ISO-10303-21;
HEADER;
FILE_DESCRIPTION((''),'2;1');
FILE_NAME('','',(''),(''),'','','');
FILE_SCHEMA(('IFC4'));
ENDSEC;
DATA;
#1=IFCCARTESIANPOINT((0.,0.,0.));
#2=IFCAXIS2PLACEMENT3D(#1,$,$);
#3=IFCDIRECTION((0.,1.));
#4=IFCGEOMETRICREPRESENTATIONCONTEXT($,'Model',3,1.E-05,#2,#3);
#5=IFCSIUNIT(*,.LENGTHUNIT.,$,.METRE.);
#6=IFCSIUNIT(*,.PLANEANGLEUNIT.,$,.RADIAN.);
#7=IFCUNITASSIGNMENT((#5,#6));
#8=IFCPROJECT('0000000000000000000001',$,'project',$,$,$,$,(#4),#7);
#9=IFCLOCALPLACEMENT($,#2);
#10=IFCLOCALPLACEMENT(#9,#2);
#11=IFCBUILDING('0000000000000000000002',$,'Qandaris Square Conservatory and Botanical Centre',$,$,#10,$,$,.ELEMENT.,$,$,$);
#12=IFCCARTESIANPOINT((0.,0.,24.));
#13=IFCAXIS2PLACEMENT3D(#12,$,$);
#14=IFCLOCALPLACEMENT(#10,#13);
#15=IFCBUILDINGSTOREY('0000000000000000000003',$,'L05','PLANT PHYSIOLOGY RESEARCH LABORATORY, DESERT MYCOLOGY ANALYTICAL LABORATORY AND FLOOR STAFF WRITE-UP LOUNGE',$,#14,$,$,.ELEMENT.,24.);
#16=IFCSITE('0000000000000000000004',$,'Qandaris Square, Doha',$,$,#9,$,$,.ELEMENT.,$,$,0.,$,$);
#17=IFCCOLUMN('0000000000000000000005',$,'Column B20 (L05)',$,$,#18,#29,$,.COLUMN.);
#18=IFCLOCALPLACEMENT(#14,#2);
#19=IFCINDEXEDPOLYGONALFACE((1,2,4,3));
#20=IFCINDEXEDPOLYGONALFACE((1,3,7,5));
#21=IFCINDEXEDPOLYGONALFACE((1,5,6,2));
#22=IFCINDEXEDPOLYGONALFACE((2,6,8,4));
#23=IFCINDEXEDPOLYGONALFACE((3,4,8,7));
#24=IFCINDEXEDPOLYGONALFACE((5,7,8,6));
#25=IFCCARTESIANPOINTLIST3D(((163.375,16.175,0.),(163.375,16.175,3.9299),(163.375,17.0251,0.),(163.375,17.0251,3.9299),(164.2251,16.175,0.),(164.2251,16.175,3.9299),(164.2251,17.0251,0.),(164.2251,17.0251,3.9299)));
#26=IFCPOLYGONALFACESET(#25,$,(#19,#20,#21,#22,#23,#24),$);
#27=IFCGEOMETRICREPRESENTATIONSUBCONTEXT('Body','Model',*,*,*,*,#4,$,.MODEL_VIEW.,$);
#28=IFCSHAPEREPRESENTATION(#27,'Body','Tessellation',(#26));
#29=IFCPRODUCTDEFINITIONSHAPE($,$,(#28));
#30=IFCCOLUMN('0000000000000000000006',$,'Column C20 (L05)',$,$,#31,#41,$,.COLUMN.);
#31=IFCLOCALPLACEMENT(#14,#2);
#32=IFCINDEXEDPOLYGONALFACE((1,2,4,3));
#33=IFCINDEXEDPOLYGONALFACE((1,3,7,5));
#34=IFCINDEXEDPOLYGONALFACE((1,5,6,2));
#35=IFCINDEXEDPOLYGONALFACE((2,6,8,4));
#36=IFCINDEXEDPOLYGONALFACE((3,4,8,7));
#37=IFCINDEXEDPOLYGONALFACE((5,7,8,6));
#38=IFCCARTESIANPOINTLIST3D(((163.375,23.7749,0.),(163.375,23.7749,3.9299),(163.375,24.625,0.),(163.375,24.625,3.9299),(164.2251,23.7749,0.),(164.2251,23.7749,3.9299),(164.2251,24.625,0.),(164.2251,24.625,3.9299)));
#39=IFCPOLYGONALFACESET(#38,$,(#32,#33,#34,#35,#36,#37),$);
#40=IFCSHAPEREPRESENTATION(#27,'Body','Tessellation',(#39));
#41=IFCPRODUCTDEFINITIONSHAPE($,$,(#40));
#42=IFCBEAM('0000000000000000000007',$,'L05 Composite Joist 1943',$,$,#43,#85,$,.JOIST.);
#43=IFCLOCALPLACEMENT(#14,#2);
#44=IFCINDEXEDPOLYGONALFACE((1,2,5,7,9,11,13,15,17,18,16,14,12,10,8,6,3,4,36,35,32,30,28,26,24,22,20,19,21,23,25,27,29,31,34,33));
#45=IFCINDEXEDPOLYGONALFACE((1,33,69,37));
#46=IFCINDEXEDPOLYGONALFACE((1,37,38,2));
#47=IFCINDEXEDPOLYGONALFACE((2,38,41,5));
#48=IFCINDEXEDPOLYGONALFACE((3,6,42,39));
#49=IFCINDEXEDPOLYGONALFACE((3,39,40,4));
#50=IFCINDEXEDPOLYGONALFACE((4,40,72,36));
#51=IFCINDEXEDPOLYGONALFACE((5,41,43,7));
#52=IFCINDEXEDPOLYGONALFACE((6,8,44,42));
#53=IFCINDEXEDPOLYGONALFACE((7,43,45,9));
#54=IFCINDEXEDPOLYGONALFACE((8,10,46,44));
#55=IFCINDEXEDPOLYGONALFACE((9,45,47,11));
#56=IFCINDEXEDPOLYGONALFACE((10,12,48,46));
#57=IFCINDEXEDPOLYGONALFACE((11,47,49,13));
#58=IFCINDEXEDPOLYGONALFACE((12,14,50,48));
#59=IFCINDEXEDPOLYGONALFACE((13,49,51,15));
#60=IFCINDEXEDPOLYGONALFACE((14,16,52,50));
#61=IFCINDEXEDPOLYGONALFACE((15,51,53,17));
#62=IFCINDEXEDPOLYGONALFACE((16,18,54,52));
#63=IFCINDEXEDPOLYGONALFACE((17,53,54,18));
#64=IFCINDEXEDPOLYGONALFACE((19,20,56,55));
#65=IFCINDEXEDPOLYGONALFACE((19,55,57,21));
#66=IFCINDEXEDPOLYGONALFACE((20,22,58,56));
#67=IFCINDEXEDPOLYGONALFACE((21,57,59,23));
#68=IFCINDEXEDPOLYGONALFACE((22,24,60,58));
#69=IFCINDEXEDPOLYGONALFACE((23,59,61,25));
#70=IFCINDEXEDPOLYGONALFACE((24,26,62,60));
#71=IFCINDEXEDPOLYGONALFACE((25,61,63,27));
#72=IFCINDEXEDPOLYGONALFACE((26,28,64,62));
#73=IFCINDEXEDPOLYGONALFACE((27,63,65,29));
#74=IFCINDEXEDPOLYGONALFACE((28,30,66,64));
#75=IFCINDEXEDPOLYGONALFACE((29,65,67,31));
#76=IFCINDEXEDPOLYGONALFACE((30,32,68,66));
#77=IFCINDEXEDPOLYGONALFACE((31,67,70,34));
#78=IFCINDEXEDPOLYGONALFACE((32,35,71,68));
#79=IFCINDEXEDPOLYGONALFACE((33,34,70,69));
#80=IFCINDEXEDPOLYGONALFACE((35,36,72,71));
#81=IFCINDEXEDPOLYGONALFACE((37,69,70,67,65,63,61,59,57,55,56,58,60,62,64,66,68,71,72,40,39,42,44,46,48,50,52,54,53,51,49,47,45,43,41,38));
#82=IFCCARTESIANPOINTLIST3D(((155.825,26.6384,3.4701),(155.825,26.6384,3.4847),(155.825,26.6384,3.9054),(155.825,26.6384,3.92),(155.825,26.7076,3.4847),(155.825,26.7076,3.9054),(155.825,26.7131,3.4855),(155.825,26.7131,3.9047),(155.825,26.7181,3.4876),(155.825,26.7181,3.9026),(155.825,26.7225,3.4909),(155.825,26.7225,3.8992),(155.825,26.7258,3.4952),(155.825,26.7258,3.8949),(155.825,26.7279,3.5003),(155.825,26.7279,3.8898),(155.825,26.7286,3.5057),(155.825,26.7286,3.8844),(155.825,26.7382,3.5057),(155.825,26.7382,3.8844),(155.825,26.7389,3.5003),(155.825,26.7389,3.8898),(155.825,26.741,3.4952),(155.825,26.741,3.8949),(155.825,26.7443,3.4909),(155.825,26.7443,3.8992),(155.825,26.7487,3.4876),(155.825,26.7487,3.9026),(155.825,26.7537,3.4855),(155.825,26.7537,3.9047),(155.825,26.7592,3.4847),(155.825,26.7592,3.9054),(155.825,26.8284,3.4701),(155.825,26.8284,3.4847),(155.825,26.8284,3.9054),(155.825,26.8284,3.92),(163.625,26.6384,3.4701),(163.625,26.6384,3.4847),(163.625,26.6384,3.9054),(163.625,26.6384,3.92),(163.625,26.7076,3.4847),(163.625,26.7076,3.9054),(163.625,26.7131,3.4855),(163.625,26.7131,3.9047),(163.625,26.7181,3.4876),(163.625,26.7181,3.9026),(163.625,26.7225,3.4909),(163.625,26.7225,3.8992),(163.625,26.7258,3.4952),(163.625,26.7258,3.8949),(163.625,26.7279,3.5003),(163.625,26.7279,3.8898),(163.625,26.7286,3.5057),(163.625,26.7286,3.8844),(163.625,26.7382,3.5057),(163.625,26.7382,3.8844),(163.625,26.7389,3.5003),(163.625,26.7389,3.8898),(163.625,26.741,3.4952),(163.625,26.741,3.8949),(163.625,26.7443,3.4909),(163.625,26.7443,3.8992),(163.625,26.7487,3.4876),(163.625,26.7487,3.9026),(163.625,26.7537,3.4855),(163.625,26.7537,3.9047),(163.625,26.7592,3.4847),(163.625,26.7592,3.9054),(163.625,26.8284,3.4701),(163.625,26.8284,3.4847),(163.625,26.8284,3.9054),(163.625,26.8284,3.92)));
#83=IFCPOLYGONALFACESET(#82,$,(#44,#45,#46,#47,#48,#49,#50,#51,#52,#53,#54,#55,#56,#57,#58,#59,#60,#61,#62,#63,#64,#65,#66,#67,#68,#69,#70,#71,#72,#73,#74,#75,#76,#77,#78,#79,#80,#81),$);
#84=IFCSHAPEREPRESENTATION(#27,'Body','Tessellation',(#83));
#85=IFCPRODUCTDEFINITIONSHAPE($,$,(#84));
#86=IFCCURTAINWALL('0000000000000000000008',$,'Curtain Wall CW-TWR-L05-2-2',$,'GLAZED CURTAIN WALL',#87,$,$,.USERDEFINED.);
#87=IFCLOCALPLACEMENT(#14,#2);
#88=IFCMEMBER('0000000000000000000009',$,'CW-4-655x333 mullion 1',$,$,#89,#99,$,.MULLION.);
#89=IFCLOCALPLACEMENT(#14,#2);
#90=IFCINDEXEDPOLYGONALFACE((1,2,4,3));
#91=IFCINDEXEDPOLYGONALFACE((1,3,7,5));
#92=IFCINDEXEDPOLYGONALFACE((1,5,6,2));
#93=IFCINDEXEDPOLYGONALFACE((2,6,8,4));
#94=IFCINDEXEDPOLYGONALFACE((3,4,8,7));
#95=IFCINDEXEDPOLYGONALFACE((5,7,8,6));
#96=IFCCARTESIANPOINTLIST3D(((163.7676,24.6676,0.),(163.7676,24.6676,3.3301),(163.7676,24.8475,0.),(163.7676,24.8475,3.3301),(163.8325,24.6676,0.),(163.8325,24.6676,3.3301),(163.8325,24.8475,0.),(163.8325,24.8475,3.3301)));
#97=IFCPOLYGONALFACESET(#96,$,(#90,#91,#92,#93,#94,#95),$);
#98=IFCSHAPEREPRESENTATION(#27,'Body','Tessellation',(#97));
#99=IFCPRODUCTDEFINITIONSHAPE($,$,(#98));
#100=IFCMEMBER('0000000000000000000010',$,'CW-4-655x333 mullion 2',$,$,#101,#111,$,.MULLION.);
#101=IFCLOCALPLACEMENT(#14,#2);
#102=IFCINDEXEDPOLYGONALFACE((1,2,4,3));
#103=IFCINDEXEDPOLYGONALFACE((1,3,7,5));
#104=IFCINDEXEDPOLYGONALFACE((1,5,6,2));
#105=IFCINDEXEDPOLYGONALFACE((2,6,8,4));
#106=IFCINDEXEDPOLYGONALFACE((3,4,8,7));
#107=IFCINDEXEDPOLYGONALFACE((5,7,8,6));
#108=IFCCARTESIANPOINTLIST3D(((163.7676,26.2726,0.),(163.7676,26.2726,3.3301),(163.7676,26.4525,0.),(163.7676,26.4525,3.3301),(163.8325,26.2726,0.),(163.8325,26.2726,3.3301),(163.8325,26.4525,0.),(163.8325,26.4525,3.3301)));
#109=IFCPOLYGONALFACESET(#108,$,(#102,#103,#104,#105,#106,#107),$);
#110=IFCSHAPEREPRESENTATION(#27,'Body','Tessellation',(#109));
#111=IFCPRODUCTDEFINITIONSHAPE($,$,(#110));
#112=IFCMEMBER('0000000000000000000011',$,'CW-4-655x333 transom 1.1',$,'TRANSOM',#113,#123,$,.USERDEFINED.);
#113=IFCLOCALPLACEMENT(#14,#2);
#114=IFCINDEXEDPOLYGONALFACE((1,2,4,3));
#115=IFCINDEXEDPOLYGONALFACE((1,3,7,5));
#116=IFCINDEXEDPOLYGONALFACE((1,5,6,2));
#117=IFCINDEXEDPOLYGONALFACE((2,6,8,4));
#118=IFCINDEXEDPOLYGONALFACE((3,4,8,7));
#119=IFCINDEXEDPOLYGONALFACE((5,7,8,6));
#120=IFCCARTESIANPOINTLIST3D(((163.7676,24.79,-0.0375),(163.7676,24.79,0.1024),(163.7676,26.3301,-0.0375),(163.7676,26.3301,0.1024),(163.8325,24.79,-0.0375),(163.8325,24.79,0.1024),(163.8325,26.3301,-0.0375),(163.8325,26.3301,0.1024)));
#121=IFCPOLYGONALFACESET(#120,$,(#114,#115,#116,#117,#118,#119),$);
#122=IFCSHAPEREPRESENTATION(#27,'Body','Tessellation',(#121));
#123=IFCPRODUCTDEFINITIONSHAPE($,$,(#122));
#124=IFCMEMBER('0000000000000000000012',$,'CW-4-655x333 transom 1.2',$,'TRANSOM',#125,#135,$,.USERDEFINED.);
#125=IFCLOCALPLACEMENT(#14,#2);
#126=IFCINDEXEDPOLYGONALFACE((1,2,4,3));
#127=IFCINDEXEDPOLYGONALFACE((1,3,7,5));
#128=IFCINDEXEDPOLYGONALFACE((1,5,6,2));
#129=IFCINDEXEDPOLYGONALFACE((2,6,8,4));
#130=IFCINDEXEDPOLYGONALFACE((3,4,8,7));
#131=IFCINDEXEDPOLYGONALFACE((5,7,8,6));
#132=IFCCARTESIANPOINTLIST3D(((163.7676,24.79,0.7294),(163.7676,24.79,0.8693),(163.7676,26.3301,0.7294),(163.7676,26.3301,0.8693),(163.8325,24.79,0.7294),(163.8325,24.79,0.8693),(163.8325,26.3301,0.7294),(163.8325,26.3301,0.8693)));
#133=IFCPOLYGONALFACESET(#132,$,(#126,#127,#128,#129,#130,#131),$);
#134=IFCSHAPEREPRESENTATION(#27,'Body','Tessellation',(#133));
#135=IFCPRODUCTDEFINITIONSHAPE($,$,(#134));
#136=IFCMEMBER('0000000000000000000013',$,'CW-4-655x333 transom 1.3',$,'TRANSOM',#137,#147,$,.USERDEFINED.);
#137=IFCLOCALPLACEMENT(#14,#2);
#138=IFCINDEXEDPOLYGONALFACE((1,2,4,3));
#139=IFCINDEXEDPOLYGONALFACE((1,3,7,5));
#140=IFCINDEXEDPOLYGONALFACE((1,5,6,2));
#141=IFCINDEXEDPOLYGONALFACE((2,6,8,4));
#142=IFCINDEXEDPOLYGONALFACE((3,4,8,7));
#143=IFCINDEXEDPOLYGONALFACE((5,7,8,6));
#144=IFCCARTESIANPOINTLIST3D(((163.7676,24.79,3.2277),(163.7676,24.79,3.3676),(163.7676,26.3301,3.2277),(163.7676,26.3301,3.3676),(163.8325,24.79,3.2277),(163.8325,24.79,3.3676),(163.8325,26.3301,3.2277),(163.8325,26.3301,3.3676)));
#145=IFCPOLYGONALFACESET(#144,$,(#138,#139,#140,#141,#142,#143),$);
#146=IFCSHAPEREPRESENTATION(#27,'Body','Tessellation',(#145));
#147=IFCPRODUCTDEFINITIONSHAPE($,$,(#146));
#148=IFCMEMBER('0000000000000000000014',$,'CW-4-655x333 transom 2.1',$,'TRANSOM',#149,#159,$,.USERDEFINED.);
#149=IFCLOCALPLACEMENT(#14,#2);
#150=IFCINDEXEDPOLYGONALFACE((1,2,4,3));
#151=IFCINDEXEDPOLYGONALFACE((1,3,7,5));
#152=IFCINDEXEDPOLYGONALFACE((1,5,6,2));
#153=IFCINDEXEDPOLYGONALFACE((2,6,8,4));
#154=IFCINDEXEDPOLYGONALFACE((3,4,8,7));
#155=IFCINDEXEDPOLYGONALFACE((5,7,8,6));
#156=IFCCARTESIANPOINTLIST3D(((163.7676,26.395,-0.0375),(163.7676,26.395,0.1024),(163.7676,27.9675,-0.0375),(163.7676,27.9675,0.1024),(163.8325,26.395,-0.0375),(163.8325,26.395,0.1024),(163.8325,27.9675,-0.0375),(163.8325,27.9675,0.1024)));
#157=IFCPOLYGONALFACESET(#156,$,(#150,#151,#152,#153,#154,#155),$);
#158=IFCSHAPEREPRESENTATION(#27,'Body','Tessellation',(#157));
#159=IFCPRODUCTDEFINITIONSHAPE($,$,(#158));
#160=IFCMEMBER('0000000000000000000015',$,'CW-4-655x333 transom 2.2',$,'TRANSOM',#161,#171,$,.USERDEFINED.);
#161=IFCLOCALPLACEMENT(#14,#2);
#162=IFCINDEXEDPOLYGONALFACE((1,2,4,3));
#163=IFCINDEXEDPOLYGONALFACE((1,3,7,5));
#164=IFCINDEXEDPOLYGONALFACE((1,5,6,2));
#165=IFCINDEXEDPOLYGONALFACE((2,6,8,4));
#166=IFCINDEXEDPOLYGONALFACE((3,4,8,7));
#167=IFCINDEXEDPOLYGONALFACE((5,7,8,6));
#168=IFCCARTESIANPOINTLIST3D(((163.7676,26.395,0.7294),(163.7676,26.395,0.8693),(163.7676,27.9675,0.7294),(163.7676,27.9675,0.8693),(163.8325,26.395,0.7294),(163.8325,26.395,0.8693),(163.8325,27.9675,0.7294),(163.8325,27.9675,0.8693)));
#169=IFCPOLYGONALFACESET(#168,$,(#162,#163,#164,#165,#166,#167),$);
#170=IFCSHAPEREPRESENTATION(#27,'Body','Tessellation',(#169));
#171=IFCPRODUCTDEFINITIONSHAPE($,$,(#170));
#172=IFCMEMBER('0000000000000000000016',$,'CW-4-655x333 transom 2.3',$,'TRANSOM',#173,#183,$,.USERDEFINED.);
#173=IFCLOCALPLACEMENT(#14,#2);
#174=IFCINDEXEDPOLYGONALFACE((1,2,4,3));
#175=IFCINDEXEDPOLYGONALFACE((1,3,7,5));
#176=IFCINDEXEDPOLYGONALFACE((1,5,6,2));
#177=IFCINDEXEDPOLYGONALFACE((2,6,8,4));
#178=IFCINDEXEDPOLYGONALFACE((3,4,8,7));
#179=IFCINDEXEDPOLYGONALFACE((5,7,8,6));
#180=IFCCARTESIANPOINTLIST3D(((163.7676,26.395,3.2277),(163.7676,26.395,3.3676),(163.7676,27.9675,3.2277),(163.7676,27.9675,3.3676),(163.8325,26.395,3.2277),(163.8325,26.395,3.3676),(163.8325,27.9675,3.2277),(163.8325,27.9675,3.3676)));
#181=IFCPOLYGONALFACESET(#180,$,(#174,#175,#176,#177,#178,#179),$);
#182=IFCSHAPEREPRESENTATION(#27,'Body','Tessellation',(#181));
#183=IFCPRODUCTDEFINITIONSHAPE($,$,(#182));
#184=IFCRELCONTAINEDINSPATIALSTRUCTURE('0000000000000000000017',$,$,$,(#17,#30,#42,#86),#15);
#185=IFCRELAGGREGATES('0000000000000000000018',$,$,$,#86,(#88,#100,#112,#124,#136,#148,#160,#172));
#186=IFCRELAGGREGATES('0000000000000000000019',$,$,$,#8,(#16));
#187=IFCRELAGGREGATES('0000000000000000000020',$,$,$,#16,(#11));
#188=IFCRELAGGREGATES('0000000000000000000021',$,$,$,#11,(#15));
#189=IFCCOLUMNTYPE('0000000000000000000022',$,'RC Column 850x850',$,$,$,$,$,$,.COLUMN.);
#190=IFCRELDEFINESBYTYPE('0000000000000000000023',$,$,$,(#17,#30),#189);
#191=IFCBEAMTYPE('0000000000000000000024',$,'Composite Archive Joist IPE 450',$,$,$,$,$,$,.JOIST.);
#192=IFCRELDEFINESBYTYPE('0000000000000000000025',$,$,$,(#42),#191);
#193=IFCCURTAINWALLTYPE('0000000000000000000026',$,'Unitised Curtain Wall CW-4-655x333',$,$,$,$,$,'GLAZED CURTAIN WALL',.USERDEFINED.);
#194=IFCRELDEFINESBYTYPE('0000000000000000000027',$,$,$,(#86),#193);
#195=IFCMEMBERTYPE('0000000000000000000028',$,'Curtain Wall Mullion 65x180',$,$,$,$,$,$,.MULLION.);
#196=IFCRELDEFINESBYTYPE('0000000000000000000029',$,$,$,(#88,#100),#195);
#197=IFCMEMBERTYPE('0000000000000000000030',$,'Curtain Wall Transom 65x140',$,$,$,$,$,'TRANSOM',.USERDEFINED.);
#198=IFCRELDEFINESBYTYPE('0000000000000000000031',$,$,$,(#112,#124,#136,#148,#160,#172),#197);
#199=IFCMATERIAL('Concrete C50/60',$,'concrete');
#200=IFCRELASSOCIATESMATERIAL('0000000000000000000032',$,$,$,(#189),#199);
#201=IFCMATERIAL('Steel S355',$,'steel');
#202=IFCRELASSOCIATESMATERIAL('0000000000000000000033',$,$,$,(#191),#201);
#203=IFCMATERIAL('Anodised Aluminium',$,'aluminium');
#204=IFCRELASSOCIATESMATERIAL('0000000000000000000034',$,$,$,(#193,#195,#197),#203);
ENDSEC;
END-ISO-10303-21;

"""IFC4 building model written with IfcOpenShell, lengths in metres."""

from ifc_helpers import new_model, si_unit, direction, frame, origin, origin_2d, place, context, subcontext, project, spatial, rectangle, i_section, extrude, material, material_profile, profile_set, type_object, element, aggregate, save


model = new_model("IFC4")

# Units and contexts
model_context = context("Model", 3, precision=1e-05, world=origin(), true_north=direction((0.0, 1.0)))
body_context = subcontext(model_context, "Body", "Model", "MODEL_VIEW")
ifc_project = project(units=[si_unit("LENGTHUNIT", "METRE"), si_unit("PLANEANGLEUNIT", "RADIAN")], contexts=[model_context])

# Site, building, storey
site_placement = place(None, origin())
site = spatial("IfcSite", under=ifc_project, at=site_placement, Name="Qandaris Square, Doha", CompositionType="ELEMENT", RefElevation=0.0)
building_placement = place(site_placement, origin())
building = spatial("IfcBuilding", under=site, at=building_placement, Name="Qandaris Square Conservatory and Botanical Centre", CompositionType="ELEMENT")
storey_placement = place(building_placement, frame((0.0, 0.0, 24.0)))
storey = spatial("IfcBuildingStorey", under=building, at=storey_placement, Name="L05", Description="PLANT PHYSIOLOGY RESEARCH LABORATORY, DESERT MYCOLOGY ANALYTICAL LABORATORY AND FLOOR STAFF WRITE-UP LOUNGE", CompositionType="ELEMENT", Elevation=24.0)

# Columns
ifc_material_1 = material(Name="Concrete C50/60", Category="concrete")
ifc_material_profile_1 = material_profile(ifc_material_1, rectangle(XDim=0.8501, YDim=0.8501, at=origin_2d()), Name="RC-COL 850x850")
ifc_profile_set_1 = profile_set([ifc_material_profile_1], Name="Concrete C50/60")
column_type = type_object("IfcColumnType", Name="RC Column 850x850", PredefinedType="COLUMN", material=ifc_profile_set_1)
for number, where, z_axis, x_axis, name in (
    (1, (163.8, 16.6001, 0.0), (0.0, 0.0, 1.0), (1.0, 0.0, 0.0), "Column B20 (L05)"),
    (2, (163.8, 24.2, 0.0), (0.0, 0.0, 1.0), (1.0, 0.0, 0.0), "Column C20 (L05)"),
):
    element("IfcColumn", number, at=place(storey_placement, frame(where, z_axis=z_axis, x_axis=x_axis)), inside=storey, type_object=column_type, Name=name, PredefinedType="COLUMN", context=body_context, shape_type="SweptSolid", body=[
        extrude(rectangle(XDim=0.8501, YDim=0.8501, at=origin_2d()), origin(), (0.0, 0.0, 1.0), 3.9299),
    ])

# Beam
ifc_material_2 = material(Name="Steel S355", Category="steel")
ifc_material_profile_2 = material_profile(ifc_material_2, i_section(OverallWidth=0.1899, OverallDepth=0.45, WebThickness=0.0095, FlangeThickness=0.0146, FilletRadius=0.021, at=origin_2d()), Name="IPE 450")
ifc_profile_set_2 = profile_set([ifc_material_profile_2], Name="Steel S355")
beam_type_1 = type_object("IfcBeamType", Name="Composite Archive Joist IPE 450", PredefinedType="JOIST", material=ifc_profile_set_2)
beam_1_placement = place(storey_placement, frame((155.825, 26.7334, 3.6951), z_axis=(1.0, 0.0, 0.0), x_axis=(0.0, 1.0, 0.0)))
element("IfcBeam", 3, at=beam_1_placement, inside=storey, type_object=beam_type_1, Name="L05 Composite Joist 1943", PredefinedType="JOIST", context=body_context, shape_type="SweptSolid", body=[
    extrude(i_section(OverallWidth=0.1899, OverallDepth=0.45, WebThickness=0.0095, FlangeThickness=0.0146, FilletRadius=0.021, at=origin_2d()), origin(), (0.0, 0.0, 1.0), 7.8),
])

# Curtain wall, members
ifc_material_3 = material(Name="Anodised Aluminium", Category="aluminium")
curtain_wall_type = type_object("IfcCurtainWallType", Name="Unitised Curtain Wall CW-4-655x333", ElementType="GLAZED CURTAIN WALL", PredefinedType="USERDEFINED", material=ifc_material_3)
curtain_wall_placement = place(storey_placement, origin())
curtain_wall = element("IfcCurtainWall", 4, at=curtain_wall_placement, inside=storey, type_object=curtain_wall_type, Name="Curtain Wall CW-TWR-L05-2-2", ObjectType="GLAZED CURTAIN WALL", PredefinedType="USERDEFINED")
ifc_material_profile_3 = material_profile(ifc_material_3, rectangle(XDim=0.0649, YDim=0.1799, at=origin_2d()), Name="ALU-MUL 65x180")
ifc_profile_set_3 = profile_set([ifc_material_profile_3], Name="Anodised Aluminium")
member_type_1 = type_object("IfcMemberType", Name="Curtain Wall Mullion 65x180", PredefinedType="MULLION", material=ifc_profile_set_3)
member_1_placement = place(storey_placement, frame((163.8, 24.7576, 0.0), z_axis=(0.0, 0.0, 1.0), x_axis=(-1.0, 0.0, 0.0)))
member_1 = element("IfcMember", 5, at=member_1_placement, type_object=member_type_1, Name="CW-4-655x333 mullion 1", PredefinedType="MULLION", context=body_context, shape_type="SweptSolid", body=[
    extrude(rectangle(XDim=0.0649, YDim=0.1799, at=origin_2d()), origin(), (0.0, 0.0, 1.0), 3.3301),
])
member_2_placement = place(storey_placement, frame((163.8, 26.3625, 0.0), z_axis=(0.0, 0.0, 1.0), x_axis=(-1.0, 0.0, 0.0)))
member_2 = element("IfcMember", 6, at=member_2_placement, type_object=member_type_1, Name="CW-4-655x333 mullion 2", PredefinedType="MULLION", context=body_context, shape_type="SweptSolid", body=[
    extrude(rectangle(XDim=0.0649, YDim=0.1799, at=origin_2d()), origin(), (0.0, 0.0, 1.0), 3.3301),
])
ifc_material_profile_4 = material_profile(ifc_material_3, rectangle(XDim=0.0649, YDim=0.1399, at=origin_2d()), Name="ALU-TRN 65x140")
ifc_profile_set_4 = profile_set([ifc_material_profile_4], Name="Anodised Aluminium")
member_type_2 = type_object("IfcMemberType", Name="Curtain Wall Transom 65x140", ElementType="TRANSOM", PredefinedType="USERDEFINED", material=ifc_profile_set_4)
member_3_placement = place(storey_placement, frame((163.8, 24.79, 0.0325), z_axis=(0.0, 1.0, 0.0), x_axis=(-1.0, 0.0, 0.0)))
member_3 = element("IfcMember", 7, at=member_3_placement, type_object=member_type_2, Name="CW-4-655x333 transom 1.1", ObjectType="TRANSOM", PredefinedType="USERDEFINED", context=body_context, shape_type="SweptSolid", body=[
    extrude(rectangle(XDim=0.0649, YDim=0.1399, at=origin_2d()), origin(), (0.0, 0.0, 1.0), 1.54),
])
member_4_placement = place(storey_placement, frame((163.8, 24.79, 0.7993), z_axis=(0.0, 1.0, 0.0), x_axis=(-1.0, 0.0, 0.0)))
member_4 = element("IfcMember", 8, at=member_4_placement, type_object=member_type_2, Name="CW-4-655x333 transom 1.2", ObjectType="TRANSOM", PredefinedType="USERDEFINED", context=body_context, shape_type="SweptSolid", body=[
    extrude(rectangle(XDim=0.0649, YDim=0.1399, at=origin_2d()), origin(), (0.0, 0.0, 1.0), 1.54),
])
member_5_placement = place(storey_placement, frame((163.8, 24.79, 3.2976), z_axis=(0.0, 1.0, 0.0), x_axis=(-1.0, 0.0, 0.0)))
member_5 = element("IfcMember", 9, at=member_5_placement, type_object=member_type_2, Name="CW-4-655x333 transom 1.3", ObjectType="TRANSOM", PredefinedType="USERDEFINED", context=body_context, shape_type="SweptSolid", body=[
    extrude(rectangle(XDim=0.0649, YDim=0.1399, at=origin_2d()), origin(), (0.0, 0.0, 1.0), 1.54),
])
member_6_placement = place(storey_placement, frame((163.8, 26.395, 0.0325), z_axis=(0.0, 1.0, 0.0), x_axis=(-1.0, 0.0, 0.0)))
member_6 = element("IfcMember", 10, at=member_6_placement, type_object=member_type_2, Name="CW-4-655x333 transom 2.1", ObjectType="TRANSOM", PredefinedType="USERDEFINED", context=body_context, shape_type="SweptSolid", body=[
    extrude(rectangle(XDim=0.0649, YDim=0.1399, at=origin_2d()), origin(), (0.0, 0.0, 1.0), 1.5725),
])
member_7_placement = place(storey_placement, frame((163.8, 26.395, 0.7993), z_axis=(0.0, 1.0, 0.0), x_axis=(-1.0, 0.0, 0.0)))
member_7 = element("IfcMember", 11, at=member_7_placement, type_object=member_type_2, Name="CW-4-655x333 transom 2.2", ObjectType="TRANSOM", PredefinedType="USERDEFINED", context=body_context, shape_type="SweptSolid", body=[
    extrude(rectangle(XDim=0.0649, YDim=0.1399, at=origin_2d()), origin(), (0.0, 0.0, 1.0), 1.5725),
])
member_8_placement = place(storey_placement, frame((163.8, 26.395, 3.2976), z_axis=(0.0, 1.0, 0.0), x_axis=(-1.0, 0.0, 0.0)))
member_8 = element("IfcMember", 12, at=member_8_placement, type_object=member_type_2, Name="CW-4-655x333 transom 2.3", ObjectType="TRANSOM", PredefinedType="USERDEFINED", context=body_context, shape_type="SweptSolid", body=[
    extrude(rectangle(XDim=0.0649, YDim=0.1399, at=origin_2d()), origin(), (0.0, 0.0, 1.0), 1.5725),
])

aggregate(curtain_wall, [member_1, member_2, member_3, member_4, member_5, member_6, member_7, member_8])

save(model, "model.ifc")
